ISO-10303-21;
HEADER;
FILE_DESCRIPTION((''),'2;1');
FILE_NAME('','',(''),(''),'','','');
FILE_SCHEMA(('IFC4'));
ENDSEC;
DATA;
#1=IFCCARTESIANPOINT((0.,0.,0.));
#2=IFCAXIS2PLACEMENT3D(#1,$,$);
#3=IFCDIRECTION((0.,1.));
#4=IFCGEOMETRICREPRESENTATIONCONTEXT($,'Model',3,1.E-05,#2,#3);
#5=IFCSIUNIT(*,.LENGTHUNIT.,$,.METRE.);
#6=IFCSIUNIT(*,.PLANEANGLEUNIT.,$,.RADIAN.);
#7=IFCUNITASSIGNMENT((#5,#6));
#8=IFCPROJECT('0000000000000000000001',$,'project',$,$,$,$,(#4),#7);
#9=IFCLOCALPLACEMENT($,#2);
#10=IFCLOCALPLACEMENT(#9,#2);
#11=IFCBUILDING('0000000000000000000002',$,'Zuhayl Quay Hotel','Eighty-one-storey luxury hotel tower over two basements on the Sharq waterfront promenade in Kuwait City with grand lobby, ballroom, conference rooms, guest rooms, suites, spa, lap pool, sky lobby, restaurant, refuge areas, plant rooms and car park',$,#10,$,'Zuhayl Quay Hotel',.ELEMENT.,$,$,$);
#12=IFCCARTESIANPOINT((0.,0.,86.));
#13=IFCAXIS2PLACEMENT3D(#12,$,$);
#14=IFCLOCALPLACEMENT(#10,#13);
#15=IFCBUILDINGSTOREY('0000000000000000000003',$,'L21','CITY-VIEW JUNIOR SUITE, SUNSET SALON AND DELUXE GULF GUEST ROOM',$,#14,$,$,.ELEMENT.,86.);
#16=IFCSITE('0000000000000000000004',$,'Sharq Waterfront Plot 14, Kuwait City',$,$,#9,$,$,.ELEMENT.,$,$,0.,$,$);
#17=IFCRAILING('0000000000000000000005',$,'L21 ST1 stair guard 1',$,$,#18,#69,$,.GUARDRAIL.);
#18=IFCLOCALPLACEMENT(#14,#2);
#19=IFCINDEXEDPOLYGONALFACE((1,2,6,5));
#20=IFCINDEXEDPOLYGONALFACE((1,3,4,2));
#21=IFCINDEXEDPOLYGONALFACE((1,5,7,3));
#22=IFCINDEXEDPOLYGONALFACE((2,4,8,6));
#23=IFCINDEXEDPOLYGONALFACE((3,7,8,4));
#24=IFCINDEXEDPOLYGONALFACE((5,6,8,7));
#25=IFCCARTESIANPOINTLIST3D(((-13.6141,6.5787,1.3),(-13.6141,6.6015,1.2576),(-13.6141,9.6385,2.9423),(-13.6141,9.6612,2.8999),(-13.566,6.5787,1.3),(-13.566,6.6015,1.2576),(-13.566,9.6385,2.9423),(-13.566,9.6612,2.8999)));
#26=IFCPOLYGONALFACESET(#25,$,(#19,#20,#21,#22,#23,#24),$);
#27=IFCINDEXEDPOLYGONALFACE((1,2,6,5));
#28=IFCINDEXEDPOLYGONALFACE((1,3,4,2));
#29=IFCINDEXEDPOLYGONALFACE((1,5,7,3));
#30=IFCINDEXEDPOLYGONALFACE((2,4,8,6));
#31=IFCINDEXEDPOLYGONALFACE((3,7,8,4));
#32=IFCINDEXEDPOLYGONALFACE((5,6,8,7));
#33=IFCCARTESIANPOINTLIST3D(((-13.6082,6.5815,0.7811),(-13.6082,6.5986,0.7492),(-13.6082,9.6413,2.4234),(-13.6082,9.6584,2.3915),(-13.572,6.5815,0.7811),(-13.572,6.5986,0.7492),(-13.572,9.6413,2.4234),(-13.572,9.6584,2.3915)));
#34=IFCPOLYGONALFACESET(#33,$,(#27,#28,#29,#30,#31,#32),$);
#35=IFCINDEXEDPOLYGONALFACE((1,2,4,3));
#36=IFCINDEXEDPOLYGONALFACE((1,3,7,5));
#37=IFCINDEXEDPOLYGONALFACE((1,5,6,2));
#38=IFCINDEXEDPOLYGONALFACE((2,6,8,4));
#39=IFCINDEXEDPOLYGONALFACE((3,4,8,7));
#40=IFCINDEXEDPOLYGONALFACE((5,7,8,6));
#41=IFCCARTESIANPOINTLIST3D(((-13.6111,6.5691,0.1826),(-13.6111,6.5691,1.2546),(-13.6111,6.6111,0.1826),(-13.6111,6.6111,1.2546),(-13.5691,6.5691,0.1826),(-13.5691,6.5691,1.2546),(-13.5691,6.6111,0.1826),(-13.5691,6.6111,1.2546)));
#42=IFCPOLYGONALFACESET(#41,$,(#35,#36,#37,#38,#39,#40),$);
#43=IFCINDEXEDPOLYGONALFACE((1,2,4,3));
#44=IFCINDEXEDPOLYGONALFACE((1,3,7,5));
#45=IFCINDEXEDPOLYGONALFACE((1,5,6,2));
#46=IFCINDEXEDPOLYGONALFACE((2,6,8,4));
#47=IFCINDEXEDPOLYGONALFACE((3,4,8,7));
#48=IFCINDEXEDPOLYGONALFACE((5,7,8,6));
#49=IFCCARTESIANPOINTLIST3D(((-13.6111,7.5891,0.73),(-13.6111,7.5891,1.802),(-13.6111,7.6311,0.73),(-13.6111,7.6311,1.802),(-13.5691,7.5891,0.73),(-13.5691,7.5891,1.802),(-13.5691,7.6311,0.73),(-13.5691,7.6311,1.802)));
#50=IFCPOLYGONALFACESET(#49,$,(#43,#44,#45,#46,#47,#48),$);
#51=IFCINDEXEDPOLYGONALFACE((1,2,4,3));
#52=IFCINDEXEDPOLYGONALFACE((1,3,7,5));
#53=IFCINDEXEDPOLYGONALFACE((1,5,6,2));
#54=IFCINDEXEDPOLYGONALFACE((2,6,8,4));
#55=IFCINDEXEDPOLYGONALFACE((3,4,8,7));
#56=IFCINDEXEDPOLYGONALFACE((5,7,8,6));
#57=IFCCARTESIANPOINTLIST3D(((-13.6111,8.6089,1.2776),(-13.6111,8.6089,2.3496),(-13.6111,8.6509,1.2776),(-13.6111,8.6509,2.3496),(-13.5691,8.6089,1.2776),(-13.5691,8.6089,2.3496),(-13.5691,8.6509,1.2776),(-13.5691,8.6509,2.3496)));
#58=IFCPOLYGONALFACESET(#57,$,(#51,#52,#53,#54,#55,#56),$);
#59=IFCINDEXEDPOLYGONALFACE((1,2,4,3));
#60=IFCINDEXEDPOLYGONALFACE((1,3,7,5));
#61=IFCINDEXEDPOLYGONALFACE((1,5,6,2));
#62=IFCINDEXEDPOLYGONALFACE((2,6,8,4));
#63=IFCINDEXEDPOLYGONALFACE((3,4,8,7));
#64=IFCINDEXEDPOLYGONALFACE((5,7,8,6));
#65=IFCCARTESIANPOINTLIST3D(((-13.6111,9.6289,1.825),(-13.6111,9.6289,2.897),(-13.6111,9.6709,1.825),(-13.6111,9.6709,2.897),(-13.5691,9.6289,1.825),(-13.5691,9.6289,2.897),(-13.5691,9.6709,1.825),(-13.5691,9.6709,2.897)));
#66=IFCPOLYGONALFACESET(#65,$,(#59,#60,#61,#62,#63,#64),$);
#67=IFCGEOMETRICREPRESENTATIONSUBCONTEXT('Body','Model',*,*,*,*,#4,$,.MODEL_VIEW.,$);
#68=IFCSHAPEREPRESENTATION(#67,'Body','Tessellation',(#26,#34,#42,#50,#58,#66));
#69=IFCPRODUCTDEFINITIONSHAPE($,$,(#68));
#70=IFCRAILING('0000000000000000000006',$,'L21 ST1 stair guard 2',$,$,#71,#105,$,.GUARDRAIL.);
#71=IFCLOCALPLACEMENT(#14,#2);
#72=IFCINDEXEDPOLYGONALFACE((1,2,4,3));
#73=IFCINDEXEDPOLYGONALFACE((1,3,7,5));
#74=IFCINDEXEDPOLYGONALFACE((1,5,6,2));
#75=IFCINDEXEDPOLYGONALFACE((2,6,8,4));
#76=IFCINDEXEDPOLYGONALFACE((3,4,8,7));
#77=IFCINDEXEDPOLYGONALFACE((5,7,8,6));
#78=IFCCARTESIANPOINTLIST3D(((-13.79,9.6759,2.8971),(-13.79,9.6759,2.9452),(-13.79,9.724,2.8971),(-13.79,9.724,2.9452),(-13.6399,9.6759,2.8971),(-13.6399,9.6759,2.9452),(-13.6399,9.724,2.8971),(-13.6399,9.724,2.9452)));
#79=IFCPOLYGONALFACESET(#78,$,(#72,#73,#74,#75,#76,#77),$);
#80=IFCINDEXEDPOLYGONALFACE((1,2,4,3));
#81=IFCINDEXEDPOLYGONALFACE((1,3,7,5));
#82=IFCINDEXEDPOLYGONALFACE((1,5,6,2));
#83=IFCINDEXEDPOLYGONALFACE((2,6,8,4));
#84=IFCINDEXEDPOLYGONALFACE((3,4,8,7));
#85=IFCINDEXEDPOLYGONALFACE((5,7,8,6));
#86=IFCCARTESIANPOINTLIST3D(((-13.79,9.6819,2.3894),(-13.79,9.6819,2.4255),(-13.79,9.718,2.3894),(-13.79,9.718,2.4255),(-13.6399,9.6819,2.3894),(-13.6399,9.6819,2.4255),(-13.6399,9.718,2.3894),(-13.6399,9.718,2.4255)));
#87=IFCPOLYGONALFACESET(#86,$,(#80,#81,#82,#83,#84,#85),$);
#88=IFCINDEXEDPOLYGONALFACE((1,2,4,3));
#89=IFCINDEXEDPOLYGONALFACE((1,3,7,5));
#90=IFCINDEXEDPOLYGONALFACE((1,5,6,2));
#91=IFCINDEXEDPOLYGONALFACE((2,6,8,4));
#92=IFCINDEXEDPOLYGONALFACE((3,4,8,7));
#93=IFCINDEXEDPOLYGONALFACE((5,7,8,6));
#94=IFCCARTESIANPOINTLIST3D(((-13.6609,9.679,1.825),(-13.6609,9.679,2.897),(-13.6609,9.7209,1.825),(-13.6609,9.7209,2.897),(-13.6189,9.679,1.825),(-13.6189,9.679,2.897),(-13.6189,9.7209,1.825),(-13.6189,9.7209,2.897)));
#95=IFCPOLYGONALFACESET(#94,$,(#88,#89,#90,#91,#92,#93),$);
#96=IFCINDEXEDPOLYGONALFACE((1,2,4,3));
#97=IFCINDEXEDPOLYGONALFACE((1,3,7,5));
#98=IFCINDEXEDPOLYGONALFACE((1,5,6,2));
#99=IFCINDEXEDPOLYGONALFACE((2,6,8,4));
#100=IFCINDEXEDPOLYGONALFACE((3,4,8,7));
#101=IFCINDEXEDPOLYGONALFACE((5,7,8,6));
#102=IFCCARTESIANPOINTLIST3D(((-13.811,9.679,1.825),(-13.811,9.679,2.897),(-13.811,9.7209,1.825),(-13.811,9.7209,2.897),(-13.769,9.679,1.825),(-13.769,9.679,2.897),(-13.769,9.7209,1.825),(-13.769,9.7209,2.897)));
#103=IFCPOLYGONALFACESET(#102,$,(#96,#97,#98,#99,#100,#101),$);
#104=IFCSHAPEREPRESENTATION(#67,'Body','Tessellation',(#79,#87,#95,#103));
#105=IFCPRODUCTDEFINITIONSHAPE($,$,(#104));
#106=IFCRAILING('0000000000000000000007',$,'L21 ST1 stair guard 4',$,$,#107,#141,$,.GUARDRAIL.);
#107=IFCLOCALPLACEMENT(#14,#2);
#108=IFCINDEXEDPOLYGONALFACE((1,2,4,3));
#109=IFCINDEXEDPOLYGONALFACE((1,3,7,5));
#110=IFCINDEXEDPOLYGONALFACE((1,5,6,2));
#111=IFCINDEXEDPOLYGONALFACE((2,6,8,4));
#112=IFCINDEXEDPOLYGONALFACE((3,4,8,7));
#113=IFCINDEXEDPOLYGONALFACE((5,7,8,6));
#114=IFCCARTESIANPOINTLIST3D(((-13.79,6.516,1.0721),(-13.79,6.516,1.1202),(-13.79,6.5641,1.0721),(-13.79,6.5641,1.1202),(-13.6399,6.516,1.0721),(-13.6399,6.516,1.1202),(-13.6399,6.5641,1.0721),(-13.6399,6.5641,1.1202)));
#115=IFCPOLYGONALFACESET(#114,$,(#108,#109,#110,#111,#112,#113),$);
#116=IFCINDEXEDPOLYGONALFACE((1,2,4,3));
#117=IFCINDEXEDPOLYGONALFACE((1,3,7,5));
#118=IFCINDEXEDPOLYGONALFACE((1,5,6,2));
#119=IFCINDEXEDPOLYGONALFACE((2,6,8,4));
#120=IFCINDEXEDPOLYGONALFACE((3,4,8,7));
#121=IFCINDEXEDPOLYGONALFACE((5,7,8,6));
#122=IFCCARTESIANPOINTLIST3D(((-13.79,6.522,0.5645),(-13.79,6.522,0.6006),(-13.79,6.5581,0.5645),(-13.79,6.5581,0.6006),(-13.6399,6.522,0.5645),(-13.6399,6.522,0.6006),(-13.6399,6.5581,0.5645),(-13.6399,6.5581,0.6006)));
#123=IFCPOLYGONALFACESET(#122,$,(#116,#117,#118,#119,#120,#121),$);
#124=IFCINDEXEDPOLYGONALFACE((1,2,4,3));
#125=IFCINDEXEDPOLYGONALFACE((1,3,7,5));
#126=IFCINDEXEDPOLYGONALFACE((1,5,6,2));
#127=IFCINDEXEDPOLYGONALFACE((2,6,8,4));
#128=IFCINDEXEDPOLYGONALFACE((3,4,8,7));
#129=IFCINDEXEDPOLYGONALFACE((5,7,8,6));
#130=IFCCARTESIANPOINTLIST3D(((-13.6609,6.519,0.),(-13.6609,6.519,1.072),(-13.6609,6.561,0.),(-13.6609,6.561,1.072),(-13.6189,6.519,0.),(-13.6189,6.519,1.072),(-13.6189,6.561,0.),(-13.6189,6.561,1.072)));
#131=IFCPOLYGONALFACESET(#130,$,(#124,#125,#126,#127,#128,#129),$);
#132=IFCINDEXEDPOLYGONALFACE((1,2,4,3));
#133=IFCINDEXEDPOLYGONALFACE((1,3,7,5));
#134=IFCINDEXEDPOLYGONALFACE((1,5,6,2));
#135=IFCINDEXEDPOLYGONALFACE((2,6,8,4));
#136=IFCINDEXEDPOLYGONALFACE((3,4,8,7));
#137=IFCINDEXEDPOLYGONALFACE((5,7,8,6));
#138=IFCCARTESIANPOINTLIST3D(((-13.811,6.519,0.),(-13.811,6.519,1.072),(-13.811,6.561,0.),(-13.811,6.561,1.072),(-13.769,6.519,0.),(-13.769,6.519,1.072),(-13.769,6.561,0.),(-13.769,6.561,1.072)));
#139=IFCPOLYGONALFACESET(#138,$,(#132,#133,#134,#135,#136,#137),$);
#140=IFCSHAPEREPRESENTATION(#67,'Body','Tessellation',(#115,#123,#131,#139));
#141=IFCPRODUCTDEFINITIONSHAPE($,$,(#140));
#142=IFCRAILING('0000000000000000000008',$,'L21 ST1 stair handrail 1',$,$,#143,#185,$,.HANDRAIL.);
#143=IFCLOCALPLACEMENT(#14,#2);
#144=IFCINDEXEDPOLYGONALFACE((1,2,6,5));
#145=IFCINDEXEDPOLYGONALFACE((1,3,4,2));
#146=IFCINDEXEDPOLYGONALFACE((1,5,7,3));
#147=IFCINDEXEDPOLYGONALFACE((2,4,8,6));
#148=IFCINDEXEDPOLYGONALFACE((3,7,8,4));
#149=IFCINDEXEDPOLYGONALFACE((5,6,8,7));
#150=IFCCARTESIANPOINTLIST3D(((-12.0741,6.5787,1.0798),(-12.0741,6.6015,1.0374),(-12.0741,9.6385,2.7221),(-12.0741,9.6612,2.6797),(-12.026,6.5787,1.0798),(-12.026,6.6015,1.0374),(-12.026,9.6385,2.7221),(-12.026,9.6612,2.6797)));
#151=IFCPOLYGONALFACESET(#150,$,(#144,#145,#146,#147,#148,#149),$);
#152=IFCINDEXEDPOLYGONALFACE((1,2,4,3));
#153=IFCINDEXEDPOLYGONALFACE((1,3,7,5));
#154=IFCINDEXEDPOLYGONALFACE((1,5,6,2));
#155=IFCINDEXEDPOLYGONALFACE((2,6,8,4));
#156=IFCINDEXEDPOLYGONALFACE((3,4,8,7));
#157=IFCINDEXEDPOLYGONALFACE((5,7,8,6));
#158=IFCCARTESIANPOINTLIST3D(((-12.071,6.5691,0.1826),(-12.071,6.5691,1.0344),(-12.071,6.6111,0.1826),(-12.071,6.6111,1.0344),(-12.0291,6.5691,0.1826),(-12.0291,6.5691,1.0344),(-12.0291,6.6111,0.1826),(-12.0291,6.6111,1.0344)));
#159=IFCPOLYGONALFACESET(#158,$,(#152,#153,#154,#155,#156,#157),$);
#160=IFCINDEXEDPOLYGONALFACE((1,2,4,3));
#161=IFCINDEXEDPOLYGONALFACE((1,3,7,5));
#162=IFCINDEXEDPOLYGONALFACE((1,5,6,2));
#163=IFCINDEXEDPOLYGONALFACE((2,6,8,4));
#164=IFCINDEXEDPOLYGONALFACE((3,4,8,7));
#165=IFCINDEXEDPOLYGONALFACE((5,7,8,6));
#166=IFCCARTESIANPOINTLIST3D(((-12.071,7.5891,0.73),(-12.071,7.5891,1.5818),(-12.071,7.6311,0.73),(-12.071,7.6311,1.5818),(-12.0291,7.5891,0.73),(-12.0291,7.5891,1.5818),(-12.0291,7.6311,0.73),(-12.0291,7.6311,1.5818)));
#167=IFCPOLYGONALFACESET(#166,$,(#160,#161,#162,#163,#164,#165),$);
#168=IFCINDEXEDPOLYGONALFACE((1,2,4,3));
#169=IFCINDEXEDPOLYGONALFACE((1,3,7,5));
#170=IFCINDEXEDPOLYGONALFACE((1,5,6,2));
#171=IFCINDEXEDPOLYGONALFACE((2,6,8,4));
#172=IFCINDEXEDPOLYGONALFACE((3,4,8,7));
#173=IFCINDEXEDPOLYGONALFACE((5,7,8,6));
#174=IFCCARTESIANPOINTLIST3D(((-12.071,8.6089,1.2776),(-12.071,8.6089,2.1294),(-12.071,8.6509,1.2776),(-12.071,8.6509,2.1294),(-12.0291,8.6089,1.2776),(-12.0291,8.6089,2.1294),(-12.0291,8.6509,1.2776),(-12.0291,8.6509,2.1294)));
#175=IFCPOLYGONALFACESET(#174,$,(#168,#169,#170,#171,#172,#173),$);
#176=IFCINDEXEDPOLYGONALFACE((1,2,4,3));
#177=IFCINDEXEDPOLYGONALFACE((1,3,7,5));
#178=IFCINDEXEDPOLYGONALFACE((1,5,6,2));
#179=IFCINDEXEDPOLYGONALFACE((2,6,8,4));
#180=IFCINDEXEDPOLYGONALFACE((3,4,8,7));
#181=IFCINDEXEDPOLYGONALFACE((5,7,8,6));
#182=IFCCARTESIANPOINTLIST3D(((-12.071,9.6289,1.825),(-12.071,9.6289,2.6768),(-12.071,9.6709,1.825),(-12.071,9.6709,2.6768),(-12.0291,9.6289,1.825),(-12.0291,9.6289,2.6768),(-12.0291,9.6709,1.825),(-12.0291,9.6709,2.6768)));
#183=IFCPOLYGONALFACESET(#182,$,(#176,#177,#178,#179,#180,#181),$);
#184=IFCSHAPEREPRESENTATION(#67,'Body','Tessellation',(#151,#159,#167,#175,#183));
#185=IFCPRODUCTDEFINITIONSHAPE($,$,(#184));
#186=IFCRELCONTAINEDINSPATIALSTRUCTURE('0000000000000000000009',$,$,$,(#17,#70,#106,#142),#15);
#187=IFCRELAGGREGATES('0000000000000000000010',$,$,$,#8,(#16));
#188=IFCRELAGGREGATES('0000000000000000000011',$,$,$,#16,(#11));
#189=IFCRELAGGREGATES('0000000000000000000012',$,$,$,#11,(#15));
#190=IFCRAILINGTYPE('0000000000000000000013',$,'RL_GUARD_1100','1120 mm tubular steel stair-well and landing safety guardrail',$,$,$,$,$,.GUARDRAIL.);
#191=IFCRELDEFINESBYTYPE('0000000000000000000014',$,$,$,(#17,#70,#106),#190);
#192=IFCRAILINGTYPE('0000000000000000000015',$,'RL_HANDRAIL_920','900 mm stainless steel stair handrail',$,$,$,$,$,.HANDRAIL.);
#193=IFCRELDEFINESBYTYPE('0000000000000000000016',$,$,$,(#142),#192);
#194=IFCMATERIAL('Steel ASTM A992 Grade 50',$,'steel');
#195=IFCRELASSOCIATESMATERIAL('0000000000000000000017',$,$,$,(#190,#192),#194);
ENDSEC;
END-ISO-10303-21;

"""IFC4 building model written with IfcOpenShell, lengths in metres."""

from ifc_helpers import new_model, si_unit, direction, frame, origin, origin_2d, place, context, subcontext, project, spatial, rectangle, extrude, material, type_object, element, save


model = new_model("IFC4")

# Units and contexts
model_context = context("Model", 3, precision=1e-05, world=origin(), true_north=direction((0.0, 1.0)))
body_context = subcontext(model_context, "Body", "Model", "MODEL_VIEW")
ifc_project = project(units=[si_unit("LENGTHUNIT", "METRE"), si_unit("PLANEANGLEUNIT", "RADIAN")], contexts=[model_context])

# Site, building, storey
site_placement = place(None, origin())
site = spatial("IfcSite", under=ifc_project, at=site_placement, Name="Sharq Waterfront Plot 14, Kuwait City", CompositionType="ELEMENT", RefElevation=0.0)
building_placement = place(site_placement, origin())
building = spatial("IfcBuilding", under=site, at=building_placement, Name="Zuhayl Quay Hotel", Description="Eighty-one-storey luxury hotel tower over two basements on the Sharq waterfront promenade in Kuwait City with grand lobby, ballroom, conference rooms, guest rooms, suites, spa, lap pool, sky lobby, restaurant, refuge areas, plant rooms and car park", LongName="Zuhayl Quay Hotel", CompositionType="ELEMENT")
storey_placement = place(building_placement, frame((0.0, 0.0, 86.0)))
storey = spatial("IfcBuildingStorey", under=building, at=storey_placement, Name="L21", Description="CITY-VIEW JUNIOR SUITE, SUNSET SALON AND DELUXE GULF GUEST ROOM", CompositionType="ELEMENT", Elevation=86.0)

# Shared definitions
ifc_material_1 = material(Name="Steel ASTM A992 Grade 50", Category="steel")

# Railings
railing_type_1 = type_object("IfcRailingType", Name="RL_GUARD_1100", Description="1120 mm tubular steel stair-well and landing safety guardrail", PredefinedType="GUARDRAIL", material=ifc_material_1)
railing_1_placement = place(storey_placement, frame((-13.5901, 6.5901, 0.1826)))
element("IfcRailing", 1, at=railing_1_placement, inside=storey, type_object=railing_type_1, Name="L21 ST1 stair guard 1", PredefinedType="GUARDRAIL", context=body_context, shape_type="SweptSolid", body=[
    extrude(rectangle(XDim=0.0481, YDim=0.0481, at=origin_2d()), frame((0.0, 0.0, 1.0962), z_axis=(0.0, 0.881102, 0.472926), x_axis=(-1.0, 0.0, 0.0)), (0.0, 0.0, 1.0), 3.4727),
    extrude(rectangle(XDim=0.0361, YDim=0.0361, at=origin_2d()), frame((0.0, 0.0, 0.5825), z_axis=(0.0, 0.881102, 0.472926), x_axis=(-1.0, 0.0, 0.0)), (0.0, 0.0, 1.0), 3.4727),
    extrude(rectangle(XDim=0.042, YDim=0.042, at=origin_2d()), origin(), (0.0, 0.0, 1.0), 1.072),
    extrude(rectangle(XDim=0.042, YDim=0.042, at=origin_2d()), frame((0.0, 1.02, 0.5474)), (0.0, 0.0, 1.0), 1.072),
    extrude(rectangle(XDim=0.042, YDim=0.042, at=origin_2d()), frame((0.0, 2.0398, 1.095)), (0.0, 0.0, 1.0), 1.072),
    extrude(rectangle(XDim=0.042, YDim=0.042, at=origin_2d()), frame((0.0, 3.0598, 1.6423)), (0.0, 0.0, 1.0), 1.072),
])
for number, where, name in (
    (2, (-13.6399, 9.7, 1.825), "L21 ST1 stair guard 2"),
    (3, (-13.6399, 6.54, 0.0), "L21 ST1 stair guard 4"),
):
    element("IfcRailing", number, at=place(storey_placement, frame(where)), inside=storey, type_object=railing_type_1, Name=name, PredefinedType="GUARDRAIL", context=body_context, shape_type="SweptSolid", body=[
        extrude(rectangle(XDim=0.0481, YDim=0.0481, at=origin_2d()), frame((0.0, 0.0, 1.0962), z_axis=(-1.0, 0.0, 0.0), x_axis=(0.0, -1.0, 0.0)), (0.0, 0.0, 1.0), 0.1501),
        extrude(rectangle(XDim=0.0361, YDim=0.0361, at=origin_2d()), frame((0.0, 0.0, 0.5825), z_axis=(-1.0, 0.0, 0.0), x_axis=(0.0, -1.0, 0.0)), (0.0, 0.0, 1.0), 0.1501),
        extrude(rectangle(XDim=0.042, YDim=0.042, at=origin_2d()), origin(), (0.0, 0.0, 1.0), 1.072),
        extrude(rectangle(XDim=0.042, YDim=0.042, at=origin_2d()), frame((-0.1501, 0.0, 0.0)), (0.0, 0.0, 1.0), 1.072),
    ])
railing_type_2 = type_object("IfcRailingType", Name="RL_HANDRAIL_920", Description="900 mm stainless steel stair handrail", PredefinedType="HANDRAIL", material=ifc_material_1)
railing_2_placement = place(storey_placement, frame((-12.05, 6.5901, 0.1826)))
element("IfcRailing", 4, at=railing_2_placement, inside=storey, type_object=railing_type_2, Name="L21 ST1 stair handrail 1", PredefinedType="HANDRAIL", context=body_context, shape_type="SweptSolid", body=[
    extrude(rectangle(XDim=0.0481, YDim=0.0481, at=origin_2d()), frame((0.0, 0.0, 0.876), z_axis=(0.0, 0.881102, 0.472926), x_axis=(-1.0, 0.0, 0.0)), (0.0, 0.0, 1.0), 3.4727),
    extrude(rectangle(XDim=0.042, YDim=0.042, at=origin_2d()), origin(), (0.0, 0.0, 1.0), 0.8518),
    extrude(rectangle(XDim=0.042, YDim=0.042, at=origin_2d()), frame((0.0, 1.02, 0.5474)), (0.0, 0.0, 1.0), 0.8518),
    extrude(rectangle(XDim=0.042, YDim=0.042, at=origin_2d()), frame((0.0, 2.0398, 1.095)), (0.0, 0.0, 1.0), 0.8518),
    extrude(rectangle(XDim=0.042, YDim=0.042, at=origin_2d()), frame((0.0, 3.0598, 1.6423)), (0.0, 0.0, 1.0), 0.8518),
])

save(model, "model.ifc")
